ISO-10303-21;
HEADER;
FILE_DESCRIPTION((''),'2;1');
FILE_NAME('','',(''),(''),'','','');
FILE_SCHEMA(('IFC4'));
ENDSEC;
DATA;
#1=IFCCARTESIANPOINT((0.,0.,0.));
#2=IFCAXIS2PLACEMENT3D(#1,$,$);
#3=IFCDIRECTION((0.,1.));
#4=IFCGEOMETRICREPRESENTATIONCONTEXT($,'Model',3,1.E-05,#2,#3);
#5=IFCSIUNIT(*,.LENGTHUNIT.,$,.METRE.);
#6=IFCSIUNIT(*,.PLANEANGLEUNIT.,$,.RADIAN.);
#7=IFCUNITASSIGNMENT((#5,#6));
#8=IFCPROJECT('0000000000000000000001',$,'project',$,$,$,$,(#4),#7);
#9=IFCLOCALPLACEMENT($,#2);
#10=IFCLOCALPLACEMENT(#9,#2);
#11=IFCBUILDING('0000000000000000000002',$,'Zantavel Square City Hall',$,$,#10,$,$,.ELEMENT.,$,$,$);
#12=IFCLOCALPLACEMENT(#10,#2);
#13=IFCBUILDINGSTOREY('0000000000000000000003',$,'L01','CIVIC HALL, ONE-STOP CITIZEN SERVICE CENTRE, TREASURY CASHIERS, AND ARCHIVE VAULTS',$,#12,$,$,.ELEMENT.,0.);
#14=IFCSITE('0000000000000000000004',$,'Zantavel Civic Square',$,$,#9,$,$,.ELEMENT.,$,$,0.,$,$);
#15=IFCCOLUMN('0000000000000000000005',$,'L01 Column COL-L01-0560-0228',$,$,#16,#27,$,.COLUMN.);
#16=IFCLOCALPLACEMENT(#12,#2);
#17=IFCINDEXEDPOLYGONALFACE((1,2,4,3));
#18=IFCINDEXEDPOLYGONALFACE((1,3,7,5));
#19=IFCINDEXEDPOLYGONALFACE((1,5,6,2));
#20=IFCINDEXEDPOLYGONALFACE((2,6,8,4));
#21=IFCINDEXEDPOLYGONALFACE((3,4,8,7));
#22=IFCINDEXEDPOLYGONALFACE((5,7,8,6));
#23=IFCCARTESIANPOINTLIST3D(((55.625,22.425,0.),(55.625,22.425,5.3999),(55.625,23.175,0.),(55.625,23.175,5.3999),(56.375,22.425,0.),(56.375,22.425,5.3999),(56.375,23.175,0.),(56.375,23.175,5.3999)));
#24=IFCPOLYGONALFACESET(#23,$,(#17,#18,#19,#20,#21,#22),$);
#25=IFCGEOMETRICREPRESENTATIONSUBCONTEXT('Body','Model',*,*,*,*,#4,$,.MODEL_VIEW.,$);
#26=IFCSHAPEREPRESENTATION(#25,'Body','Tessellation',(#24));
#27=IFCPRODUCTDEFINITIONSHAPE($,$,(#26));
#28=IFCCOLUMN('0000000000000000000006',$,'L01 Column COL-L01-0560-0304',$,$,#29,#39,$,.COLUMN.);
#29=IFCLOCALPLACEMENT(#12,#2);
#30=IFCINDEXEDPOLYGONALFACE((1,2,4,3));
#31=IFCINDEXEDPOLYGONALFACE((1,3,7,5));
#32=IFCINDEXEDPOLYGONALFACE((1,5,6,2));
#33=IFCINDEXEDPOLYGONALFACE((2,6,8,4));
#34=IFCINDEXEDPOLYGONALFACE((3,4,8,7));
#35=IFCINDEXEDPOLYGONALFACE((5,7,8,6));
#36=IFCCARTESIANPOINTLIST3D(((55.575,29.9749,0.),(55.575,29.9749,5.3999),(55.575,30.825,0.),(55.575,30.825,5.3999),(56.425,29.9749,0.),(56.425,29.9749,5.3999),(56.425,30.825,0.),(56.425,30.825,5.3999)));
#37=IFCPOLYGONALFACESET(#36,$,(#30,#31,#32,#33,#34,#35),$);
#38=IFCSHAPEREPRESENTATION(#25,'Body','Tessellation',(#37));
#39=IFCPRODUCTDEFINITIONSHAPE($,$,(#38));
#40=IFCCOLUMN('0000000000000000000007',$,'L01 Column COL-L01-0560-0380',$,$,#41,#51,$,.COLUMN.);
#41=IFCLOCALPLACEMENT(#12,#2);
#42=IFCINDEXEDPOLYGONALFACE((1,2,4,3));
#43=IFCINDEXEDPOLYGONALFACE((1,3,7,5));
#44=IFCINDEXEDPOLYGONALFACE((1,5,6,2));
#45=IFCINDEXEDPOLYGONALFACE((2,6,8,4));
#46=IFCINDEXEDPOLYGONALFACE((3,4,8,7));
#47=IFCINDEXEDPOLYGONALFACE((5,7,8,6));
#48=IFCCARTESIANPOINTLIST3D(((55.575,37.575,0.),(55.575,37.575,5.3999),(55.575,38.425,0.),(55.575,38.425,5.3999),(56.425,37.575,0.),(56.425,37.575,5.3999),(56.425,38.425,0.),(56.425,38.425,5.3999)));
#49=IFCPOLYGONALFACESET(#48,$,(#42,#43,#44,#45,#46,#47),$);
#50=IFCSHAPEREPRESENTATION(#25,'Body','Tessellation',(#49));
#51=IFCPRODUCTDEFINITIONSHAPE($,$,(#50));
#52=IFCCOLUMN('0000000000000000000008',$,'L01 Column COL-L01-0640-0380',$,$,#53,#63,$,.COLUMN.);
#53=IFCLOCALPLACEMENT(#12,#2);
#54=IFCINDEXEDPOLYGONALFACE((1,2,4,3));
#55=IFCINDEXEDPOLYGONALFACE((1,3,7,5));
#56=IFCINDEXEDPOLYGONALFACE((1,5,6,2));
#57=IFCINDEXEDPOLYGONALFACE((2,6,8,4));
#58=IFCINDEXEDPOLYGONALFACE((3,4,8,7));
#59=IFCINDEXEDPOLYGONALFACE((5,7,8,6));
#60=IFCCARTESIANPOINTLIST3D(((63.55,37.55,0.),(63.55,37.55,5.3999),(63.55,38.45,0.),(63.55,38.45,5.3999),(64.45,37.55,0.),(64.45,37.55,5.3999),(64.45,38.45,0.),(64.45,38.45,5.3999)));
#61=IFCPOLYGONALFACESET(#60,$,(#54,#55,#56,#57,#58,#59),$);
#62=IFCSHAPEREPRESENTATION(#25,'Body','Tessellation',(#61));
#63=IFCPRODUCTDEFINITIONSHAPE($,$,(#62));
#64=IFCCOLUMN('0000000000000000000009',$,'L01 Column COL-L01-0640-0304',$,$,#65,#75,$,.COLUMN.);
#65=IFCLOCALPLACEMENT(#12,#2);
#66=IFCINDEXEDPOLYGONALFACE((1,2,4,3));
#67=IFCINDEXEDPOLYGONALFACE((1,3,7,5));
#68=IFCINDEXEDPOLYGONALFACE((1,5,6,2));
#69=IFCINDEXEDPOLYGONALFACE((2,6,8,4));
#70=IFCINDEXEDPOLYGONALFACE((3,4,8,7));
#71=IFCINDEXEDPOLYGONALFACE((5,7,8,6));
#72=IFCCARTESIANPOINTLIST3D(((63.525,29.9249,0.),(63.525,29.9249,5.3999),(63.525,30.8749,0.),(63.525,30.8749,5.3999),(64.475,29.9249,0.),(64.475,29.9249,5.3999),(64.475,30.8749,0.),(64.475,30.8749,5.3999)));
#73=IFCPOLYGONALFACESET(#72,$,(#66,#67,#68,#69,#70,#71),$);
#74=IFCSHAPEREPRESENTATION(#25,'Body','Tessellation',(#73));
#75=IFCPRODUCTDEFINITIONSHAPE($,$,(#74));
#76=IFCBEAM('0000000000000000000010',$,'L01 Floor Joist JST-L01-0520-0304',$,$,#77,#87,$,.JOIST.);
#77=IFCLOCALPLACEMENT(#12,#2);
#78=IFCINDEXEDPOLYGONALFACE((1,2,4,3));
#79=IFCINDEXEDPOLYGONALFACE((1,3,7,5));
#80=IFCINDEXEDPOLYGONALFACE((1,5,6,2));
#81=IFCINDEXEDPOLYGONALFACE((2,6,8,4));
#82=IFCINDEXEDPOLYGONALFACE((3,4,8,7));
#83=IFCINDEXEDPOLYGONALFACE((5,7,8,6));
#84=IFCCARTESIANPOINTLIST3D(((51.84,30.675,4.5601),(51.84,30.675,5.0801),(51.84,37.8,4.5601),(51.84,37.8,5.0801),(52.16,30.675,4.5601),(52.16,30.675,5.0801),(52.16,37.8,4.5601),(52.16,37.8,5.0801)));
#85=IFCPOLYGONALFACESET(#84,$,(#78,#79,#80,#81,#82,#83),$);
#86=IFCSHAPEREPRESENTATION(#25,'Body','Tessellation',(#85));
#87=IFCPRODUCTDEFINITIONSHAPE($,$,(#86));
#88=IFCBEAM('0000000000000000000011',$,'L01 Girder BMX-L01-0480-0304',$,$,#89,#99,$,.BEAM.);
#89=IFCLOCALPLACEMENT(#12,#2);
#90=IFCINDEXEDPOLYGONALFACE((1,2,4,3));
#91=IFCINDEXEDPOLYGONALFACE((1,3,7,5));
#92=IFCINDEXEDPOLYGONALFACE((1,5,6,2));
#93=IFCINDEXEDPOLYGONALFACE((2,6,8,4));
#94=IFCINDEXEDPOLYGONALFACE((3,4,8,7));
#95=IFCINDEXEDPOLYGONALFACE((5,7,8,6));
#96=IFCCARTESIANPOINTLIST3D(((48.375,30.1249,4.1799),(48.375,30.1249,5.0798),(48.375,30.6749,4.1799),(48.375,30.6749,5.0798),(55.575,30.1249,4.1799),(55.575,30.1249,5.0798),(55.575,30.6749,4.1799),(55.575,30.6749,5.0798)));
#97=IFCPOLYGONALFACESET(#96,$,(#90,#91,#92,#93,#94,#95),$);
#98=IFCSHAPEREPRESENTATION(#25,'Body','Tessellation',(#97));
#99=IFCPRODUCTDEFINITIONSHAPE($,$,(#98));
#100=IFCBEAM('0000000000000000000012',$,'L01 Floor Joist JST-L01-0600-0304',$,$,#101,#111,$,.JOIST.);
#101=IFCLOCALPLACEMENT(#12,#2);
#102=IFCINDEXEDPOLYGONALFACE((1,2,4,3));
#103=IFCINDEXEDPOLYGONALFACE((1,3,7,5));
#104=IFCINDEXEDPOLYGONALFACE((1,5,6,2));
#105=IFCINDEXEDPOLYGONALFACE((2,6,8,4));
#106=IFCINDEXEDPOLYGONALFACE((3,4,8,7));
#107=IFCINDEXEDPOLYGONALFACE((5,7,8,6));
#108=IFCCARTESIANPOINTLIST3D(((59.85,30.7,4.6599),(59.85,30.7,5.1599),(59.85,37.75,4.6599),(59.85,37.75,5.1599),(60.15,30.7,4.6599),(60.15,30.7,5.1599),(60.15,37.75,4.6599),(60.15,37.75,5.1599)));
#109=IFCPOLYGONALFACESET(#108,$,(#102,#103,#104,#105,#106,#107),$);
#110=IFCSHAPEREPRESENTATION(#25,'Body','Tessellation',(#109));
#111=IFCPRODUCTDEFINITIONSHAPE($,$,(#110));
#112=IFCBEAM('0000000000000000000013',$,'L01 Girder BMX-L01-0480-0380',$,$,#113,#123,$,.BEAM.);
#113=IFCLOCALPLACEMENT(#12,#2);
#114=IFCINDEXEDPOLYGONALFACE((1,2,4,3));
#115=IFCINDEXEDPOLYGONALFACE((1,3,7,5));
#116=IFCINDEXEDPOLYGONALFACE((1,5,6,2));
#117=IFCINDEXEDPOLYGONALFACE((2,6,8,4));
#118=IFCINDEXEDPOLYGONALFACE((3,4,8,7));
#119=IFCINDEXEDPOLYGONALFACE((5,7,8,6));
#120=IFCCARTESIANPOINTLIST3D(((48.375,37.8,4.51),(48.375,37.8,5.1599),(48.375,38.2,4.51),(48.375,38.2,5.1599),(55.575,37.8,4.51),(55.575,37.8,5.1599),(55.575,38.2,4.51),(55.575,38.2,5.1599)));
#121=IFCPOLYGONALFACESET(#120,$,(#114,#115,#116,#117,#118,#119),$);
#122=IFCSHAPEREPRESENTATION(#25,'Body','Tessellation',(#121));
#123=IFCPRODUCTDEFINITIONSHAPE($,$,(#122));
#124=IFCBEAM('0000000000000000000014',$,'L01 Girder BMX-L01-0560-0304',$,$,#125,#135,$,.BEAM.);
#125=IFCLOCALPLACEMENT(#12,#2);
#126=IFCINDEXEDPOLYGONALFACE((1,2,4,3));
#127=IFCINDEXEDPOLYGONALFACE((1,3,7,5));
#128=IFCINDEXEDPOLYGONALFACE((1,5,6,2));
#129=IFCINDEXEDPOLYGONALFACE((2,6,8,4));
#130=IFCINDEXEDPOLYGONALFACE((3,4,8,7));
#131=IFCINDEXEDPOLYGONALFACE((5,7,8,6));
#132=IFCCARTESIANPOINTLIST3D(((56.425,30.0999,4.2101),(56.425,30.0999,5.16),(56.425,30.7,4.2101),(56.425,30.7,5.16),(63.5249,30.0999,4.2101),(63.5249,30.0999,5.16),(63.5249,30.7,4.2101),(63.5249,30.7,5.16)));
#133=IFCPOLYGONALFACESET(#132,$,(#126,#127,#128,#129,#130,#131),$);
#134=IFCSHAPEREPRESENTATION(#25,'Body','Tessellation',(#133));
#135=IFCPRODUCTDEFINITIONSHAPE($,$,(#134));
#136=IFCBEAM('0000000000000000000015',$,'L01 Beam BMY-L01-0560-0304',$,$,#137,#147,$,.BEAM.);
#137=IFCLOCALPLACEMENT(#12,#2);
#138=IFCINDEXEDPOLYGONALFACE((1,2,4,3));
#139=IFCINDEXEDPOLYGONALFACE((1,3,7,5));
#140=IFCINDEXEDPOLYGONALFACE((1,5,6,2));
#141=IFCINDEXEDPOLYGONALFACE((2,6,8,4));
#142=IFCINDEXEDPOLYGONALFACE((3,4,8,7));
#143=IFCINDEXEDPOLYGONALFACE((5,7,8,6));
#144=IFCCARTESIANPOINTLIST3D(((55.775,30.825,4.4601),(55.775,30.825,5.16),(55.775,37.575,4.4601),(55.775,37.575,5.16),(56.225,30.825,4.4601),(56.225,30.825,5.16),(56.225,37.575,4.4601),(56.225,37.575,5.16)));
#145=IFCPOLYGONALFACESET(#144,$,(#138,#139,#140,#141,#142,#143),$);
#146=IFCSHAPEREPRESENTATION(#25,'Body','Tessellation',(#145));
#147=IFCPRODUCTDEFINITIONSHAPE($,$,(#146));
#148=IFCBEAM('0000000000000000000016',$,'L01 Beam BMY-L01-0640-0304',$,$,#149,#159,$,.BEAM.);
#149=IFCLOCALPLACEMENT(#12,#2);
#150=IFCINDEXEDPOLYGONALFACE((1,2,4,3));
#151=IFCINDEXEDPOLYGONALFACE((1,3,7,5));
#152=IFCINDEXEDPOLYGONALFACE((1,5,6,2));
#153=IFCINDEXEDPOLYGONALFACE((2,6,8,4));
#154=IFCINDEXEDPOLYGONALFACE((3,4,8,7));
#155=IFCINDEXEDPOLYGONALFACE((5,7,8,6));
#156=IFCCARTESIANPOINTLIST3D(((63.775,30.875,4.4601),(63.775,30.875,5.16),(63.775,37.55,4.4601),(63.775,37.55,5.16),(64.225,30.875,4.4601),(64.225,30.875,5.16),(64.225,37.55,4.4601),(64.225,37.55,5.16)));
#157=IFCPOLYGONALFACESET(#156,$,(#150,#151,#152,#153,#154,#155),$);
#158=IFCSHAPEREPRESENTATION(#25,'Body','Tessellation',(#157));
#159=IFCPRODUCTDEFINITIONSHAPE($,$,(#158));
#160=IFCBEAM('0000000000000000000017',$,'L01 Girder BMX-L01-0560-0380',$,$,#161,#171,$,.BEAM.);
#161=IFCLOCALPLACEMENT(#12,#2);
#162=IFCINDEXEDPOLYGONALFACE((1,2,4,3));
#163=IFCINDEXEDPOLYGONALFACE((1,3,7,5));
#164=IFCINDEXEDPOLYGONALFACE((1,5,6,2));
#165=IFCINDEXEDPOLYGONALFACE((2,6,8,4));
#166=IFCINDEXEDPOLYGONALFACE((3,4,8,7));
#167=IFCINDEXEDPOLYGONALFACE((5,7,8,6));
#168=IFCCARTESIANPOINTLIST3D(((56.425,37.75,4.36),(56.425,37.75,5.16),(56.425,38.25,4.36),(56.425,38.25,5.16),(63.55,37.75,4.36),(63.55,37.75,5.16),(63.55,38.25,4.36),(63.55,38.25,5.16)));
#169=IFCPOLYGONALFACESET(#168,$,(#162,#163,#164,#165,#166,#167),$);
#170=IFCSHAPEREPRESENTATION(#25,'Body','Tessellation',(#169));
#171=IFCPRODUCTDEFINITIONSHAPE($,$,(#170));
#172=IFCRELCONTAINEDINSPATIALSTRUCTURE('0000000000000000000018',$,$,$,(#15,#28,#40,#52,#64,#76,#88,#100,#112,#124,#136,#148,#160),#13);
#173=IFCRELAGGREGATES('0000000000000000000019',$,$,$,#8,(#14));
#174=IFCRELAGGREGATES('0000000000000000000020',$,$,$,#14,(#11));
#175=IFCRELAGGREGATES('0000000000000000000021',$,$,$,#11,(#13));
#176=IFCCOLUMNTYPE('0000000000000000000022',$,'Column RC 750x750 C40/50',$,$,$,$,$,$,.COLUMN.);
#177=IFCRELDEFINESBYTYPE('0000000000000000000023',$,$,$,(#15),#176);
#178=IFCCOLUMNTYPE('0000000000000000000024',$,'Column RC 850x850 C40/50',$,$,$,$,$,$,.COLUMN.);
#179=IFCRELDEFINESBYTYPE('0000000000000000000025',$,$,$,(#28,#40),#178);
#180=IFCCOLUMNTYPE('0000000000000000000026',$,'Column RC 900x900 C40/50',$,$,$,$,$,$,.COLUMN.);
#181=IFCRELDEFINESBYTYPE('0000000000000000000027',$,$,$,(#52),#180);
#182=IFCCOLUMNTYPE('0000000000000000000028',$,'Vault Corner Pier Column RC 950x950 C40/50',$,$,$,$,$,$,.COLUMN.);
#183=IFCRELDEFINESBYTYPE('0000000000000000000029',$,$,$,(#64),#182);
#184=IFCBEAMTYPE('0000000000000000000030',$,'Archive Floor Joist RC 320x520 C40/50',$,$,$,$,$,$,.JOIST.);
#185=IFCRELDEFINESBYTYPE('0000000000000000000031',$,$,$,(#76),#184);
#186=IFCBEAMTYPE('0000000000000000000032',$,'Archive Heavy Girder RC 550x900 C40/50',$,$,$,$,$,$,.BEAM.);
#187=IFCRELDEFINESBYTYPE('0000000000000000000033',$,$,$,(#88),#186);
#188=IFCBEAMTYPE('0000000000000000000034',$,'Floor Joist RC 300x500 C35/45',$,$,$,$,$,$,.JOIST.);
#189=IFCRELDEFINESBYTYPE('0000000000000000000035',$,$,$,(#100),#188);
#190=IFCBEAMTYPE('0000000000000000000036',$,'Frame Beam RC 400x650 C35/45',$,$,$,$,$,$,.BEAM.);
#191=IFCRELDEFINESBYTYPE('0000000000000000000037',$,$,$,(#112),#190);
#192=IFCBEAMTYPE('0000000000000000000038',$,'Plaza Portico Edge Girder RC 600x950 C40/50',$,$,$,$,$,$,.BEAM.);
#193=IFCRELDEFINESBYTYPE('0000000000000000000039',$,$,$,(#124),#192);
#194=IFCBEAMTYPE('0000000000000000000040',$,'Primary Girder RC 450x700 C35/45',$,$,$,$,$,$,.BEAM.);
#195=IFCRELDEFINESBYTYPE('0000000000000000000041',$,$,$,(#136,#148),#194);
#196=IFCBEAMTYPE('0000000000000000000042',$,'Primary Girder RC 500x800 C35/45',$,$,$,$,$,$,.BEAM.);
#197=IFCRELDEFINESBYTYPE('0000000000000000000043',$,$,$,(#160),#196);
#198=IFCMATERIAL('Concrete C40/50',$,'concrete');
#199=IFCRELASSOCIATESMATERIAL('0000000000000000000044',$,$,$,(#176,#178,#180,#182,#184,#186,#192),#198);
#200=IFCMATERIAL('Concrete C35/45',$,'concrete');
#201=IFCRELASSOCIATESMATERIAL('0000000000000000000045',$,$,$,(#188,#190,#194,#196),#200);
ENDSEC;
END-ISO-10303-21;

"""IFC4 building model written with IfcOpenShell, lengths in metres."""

from ifc_helpers import new_model, si_unit, direction, frame, origin, origin_2d, place, context, subcontext, project, spatial, rectangle, extrude, material, material_profile, profile_set, type_object, element, save


model = new_model("IFC4")

# Units and contexts
model_context = context("Model", 3, precision=1e-05, world=origin(), true_north=direction((0.0, 1.0)))
body_context = subcontext(model_context, "Body", "Model", "MODEL_VIEW")
ifc_project = project(units=[si_unit("LENGTHUNIT", "METRE"), si_unit("PLANEANGLEUNIT", "RADIAN")], contexts=[model_context])

# Site, building, storey
site_placement = place(None, origin())
site = spatial("IfcSite", under=ifc_project, at=site_placement, Name="Zantavel Civic Square", CompositionType="ELEMENT", RefElevation=0.0)
building_placement = place(site_placement, origin())
building = spatial("IfcBuilding", under=site, at=building_placement, Name="Zantavel Square City Hall", CompositionType="ELEMENT")
storey_placement = place(building_placement, origin())
storey = spatial("IfcBuildingStorey", under=building, at=storey_placement, Name="L01", Description="CIVIC HALL, ONE-STOP CITIZEN SERVICE CENTRE, TREASURY CASHIERS, AND ARCHIVE VAULTS", CompositionType="ELEMENT", Elevation=0.0)

# Columns
ifc_material_1 = material(Name="Concrete C40/50", Category="concrete")
ifc_material_profile_1 = material_profile(ifc_material_1, rectangle(XDim=0.75, YDim=0.75, at=origin_2d()), Name="RC 750x750")
ifc_profile_set_1 = profile_set([ifc_material_profile_1], Name="Concrete C40/50")
column_type_1 = type_object("IfcColumnType", Name="Column RC 750x750 C40/50", PredefinedType="COLUMN", material=ifc_profile_set_1)
column_1_placement = place(storey_placement, frame((56.0, 22.8, 0.0), z_axis=(0.0, 0.0, 1.0), x_axis=(1.0, 0.0, 0.0)))
element("IfcColumn", 1, at=column_1_placement, inside=storey, type_object=column_type_1, Name="L01 Column COL-L01-0560-0228", PredefinedType="COLUMN", context=body_context, shape_type="SweptSolid", body=[
    extrude(rectangle(XDim=0.75, YDim=0.75, at=origin_2d()), origin(), (0.0, 0.0, 1.0), 5.3999),
])
ifc_material_profile_2 = material_profile(ifc_material_1, rectangle(XDim=0.8501, YDim=0.8501, at=origin_2d()), Name="RC 850x850")
ifc_profile_set_2 = profile_set([ifc_material_profile_2], Name="Concrete C40/50")
column_type_2 = type_object("IfcColumnType", Name="Column RC 850x850 C40/50", PredefinedType="COLUMN", material=ifc_profile_set_2)
for number, where, z_axis, x_axis, name in (
    (2, (56.0, 30.3999, 0.0), (0.0, 0.0, 1.0), (1.0, 0.0, 0.0), "L01 Column COL-L01-0560-0304"),
    (3, (56.0, 38.0, 0.0), (0.0, 0.0, 1.0), (1.0, 0.0, 0.0), "L01 Column COL-L01-0560-0380"),
):
    element("IfcColumn", number, at=place(storey_placement, frame(where, z_axis=z_axis, x_axis=x_axis)), inside=storey, type_object=column_type_2, Name=name, PredefinedType="COLUMN", context=body_context, shape_type="SweptSolid", body=[
        extrude(rectangle(XDim=0.8501, YDim=0.8501, at=origin_2d()), origin(), (0.0, 0.0, 1.0), 5.3999),
    ])
ifc_material_profile_3 = material_profile(ifc_material_1, rectangle(XDim=0.8999, YDim=0.8999, at=origin_2d()), Name="RC 900x900")
ifc_profile_set_3 = profile_set([ifc_material_profile_3], Name="Concrete C40/50")
column_type_3 = type_object("IfcColumnType", Name="Column RC 900x900 C40/50", PredefinedType="COLUMN", material=ifc_profile_set_3)
column_2_placement = place(storey_placement, frame((64.0, 38.0, 0.0), z_axis=(0.0, 0.0, 1.0), x_axis=(1.0, 0.0, 0.0)))
element("IfcColumn", 4, at=column_2_placement, inside=storey, type_object=column_type_3, Name="L01 Column COL-L01-0640-0380", PredefinedType="COLUMN", context=body_context, shape_type="SweptSolid", body=[
    extrude(rectangle(XDim=0.8999, YDim=0.8999, at=origin_2d()), origin(), (0.0, 0.0, 1.0), 5.3999),
])
ifc_material_profile_4 = material_profile(ifc_material_1, rectangle(XDim=0.95, YDim=0.95, at=origin_2d()), Name="RC 950x950")
ifc_profile_set_4 = profile_set([ifc_material_profile_4], Name="Concrete C40/50")
column_type_4 = type_object("IfcColumnType", Name="Vault Corner Pier Column RC 950x950 C40/50", PredefinedType="COLUMN", material=ifc_profile_set_4)
column_3_placement = place(storey_placement, frame((64.0, 30.3999, 0.0), z_axis=(0.0, 0.0, 1.0), x_axis=(1.0, 0.0, 0.0)))
element("IfcColumn", 5, at=column_3_placement, inside=storey, type_object=column_type_4, Name="L01 Column COL-L01-0640-0304", PredefinedType="COLUMN", context=body_context, shape_type="SweptSolid", body=[
    extrude(rectangle(XDim=0.95, YDim=0.95, at=origin_2d()), origin(), (0.0, 0.0, 1.0), 5.3999),
])

# Beams
ifc_material_profile_5 = material_profile(ifc_material_1, rectangle(XDim=0.3201, YDim=0.52, at=origin_2d()), Name="RC 320x520")
ifc_profile_set_5 = profile_set([ifc_material_profile_5], Name="Concrete C40/50")
beam_type_1 = type_object("IfcBeamType", Name="Archive Floor Joist RC 320x520 C40/50", PredefinedType="JOIST", material=ifc_profile_set_5)
beam_1_placement = place(storey_placement, frame((52.0, 30.675, 4.8201), z_axis=(0.0, 1.0, 0.0), x_axis=(-1.0, 0.0, 0.0)))
element("IfcBeam", 6, at=beam_1_placement, inside=storey, type_object=beam_type_1, Name="L01 Floor Joist JST-L01-0520-0304", PredefinedType="JOIST", context=body_context, shape_type="SweptSolid", body=[
    extrude(rectangle(XDim=0.3201, YDim=0.52, at=origin_2d()), origin(), (0.0, 0.0, 1.0), 7.125),
])
ifc_material_profile_6 = material_profile(ifc_material_1, rectangle(XDim=0.55, YDim=0.8999, at=origin_2d()), Name="RC 550x900")
ifc_profile_set_6 = profile_set([ifc_material_profile_6], Name="Concrete C40/50")
beam_type_2 = type_object("IfcBeamType", Name="Archive Heavy Girder RC 550x900 C40/50", PredefinedType="BEAM", material=ifc_profile_set_6)
beam_2_placement = place(storey_placement, frame((48.375, 30.3999, 4.6299), z_axis=(1.0, 0.0, 0.0), x_axis=(0.0, 1.0, 0.0)))
element("IfcBeam", 7, at=beam_2_placement, inside=storey, type_object=beam_type_2, Name="L01 Girder BMX-L01-0480-0304", PredefinedType="BEAM", context=body_context, shape_type="SweptSolid", body=[
    extrude(rectangle(XDim=0.55, YDim=0.8999, at=origin_2d()), origin(), (0.0, 0.0, 1.0), 7.2),
])
ifc_material_2 = material(Name="Concrete C35/45", Category="concrete")
ifc_material_profile_7 = material_profile(ifc_material_2, rectangle(XDim=0.3, YDim=0.5, at=origin_2d()), Name="RC 300x500")
ifc_profile_set_7 = profile_set([ifc_material_profile_7], Name="Concrete C35/45")
beam_type_3 = type_object("IfcBeamType", Name="Floor Joist RC 300x500 C35/45", PredefinedType="JOIST", material=ifc_profile_set_7)
beam_3_placement = place(storey_placement, frame((60.0, 30.7, 4.9099), z_axis=(0.0, 1.0, 0.0), x_axis=(-1.0, 0.0, 0.0)))
element("IfcBeam", 8, at=beam_3_placement, inside=storey, type_object=beam_type_3, Name="L01 Floor Joist JST-L01-0600-0304", PredefinedType="JOIST", context=body_context, shape_type="SweptSolid", body=[
    extrude(rectangle(XDim=0.3, YDim=0.5, at=origin_2d()), origin(), (0.0, 0.0, 1.0), 7.05),
])
ifc_material_profile_8 = material_profile(ifc_material_2, rectangle(XDim=0.3999, YDim=0.6499, at=origin_2d()), Name="RC 400x650")
ifc_profile_set_8 = profile_set([ifc_material_profile_8], Name="Concrete C35/45")
beam_type_4 = type_object("IfcBeamType", Name="Frame Beam RC 400x650 C35/45", PredefinedType="BEAM", material=ifc_profile_set_8)
beam_4_placement = place(storey_placement, frame((48.375, 38.0, 4.835), z_axis=(1.0, 0.0, 0.0), x_axis=(0.0, 1.0, 0.0)))
element("IfcBeam", 9, at=beam_4_placement, inside=storey, type_object=beam_type_4, Name="L01 Girder BMX-L01-0480-0380", PredefinedType="BEAM", context=body_context, shape_type="SweptSolid", body=[
    extrude(rectangle(XDim=0.3999, YDim=0.6499, at=origin_2d()), origin(), (0.0, 0.0, 1.0), 7.2),
])
ifc_material_profile_9 = material_profile(ifc_material_1, rectangle(XDim=0.6001, YDim=0.95, at=origin_2d()), Name="RC 600x950")
ifc_profile_set_9 = profile_set([ifc_material_profile_9], Name="Concrete C40/50")
beam_type_5 = type_object("IfcBeamType", Name="Plaza Portico Edge Girder RC 600x950 C40/50", PredefinedType="BEAM", material=ifc_profile_set_9)
beam_5_placement = place(storey_placement, frame((56.425, 30.3999, 4.6851), z_axis=(1.0, 0.0, 0.0), x_axis=(0.0, 1.0, 0.0)))
element("IfcBeam", 10, at=beam_5_placement, inside=storey, type_object=beam_type_5, Name="L01 Girder BMX-L01-0560-0304", PredefinedType="BEAM", context=body_context, shape_type="SweptSolid", body=[
    extrude(rectangle(XDim=0.6001, YDim=0.95, at=origin_2d()), origin(), (0.0, 0.0, 1.0), 7.0999),
])
ifc_material_profile_10 = material_profile(ifc_material_2, rectangle(XDim=0.45, YDim=0.7, at=origin_2d()), Name="RC 450x700")
ifc_profile_set_10 = profile_set([ifc_material_profile_10], Name="Concrete C35/45")
beam_type_6 = type_object("IfcBeamType", Name="Primary Girder RC 450x700 C35/45", PredefinedType="BEAM", material=ifc_profile_set_10)
beam_6_placement = place(storey_placement, frame((56.0, 30.825, 4.8101), z_axis=(0.0, 1.0, 0.0), x_axis=(-1.0, 0.0, 0.0)))
element("IfcBeam", 11, at=beam_6_placement, inside=storey, type_object=beam_type_6, Name="L01 Beam BMY-L01-0560-0304", PredefinedType="BEAM", context=body_context, shape_type="SweptSolid", body=[
    extrude(rectangle(XDim=0.45, YDim=0.7, at=origin_2d()), origin(), (0.0, 0.0, 1.0), 6.75),
])
beam_7_placement = place(storey_placement, frame((64.0, 30.875, 4.8101), z_axis=(0.0, 1.0, 0.0), x_axis=(-1.0, 0.0, 0.0)))
element("IfcBeam", 12, at=beam_7_placement, inside=storey, type_object=beam_type_6, Name="L01 Beam BMY-L01-0640-0304", PredefinedType="BEAM", context=body_context, shape_type="SweptSolid", body=[
    extrude(rectangle(XDim=0.45, YDim=0.7, at=origin_2d()), origin(), (0.0, 0.0, 1.0), 6.675),
])
ifc_material_profile_11 = material_profile(ifc_material_2, rectangle(XDim=0.5, YDim=0.8, at=origin_2d()), Name="RC 500x800")
ifc_profile_set_11 = profile_set([ifc_material_profile_11], Name="Concrete C35/45")
beam_type_7 = type_object("IfcBeamType", Name="Primary Girder RC 500x800 C35/45", PredefinedType="BEAM", material=ifc_profile_set_11)
beam_8_placement = place(storey_placement, frame((56.425, 38.0, 4.76), z_axis=(1.0, 0.0, 0.0), x_axis=(0.0, 1.0, 0.0)))
element("IfcBeam", 13, at=beam_8_placement, inside=storey, type_object=beam_type_7, Name="L01 Girder BMX-L01-0560-0380", PredefinedType="BEAM", context=body_context, shape_type="SweptSolid", body=[
    extrude(rectangle(XDim=0.5, YDim=0.8, at=origin_2d()), origin(), (0.0, 0.0, 1.0), 7.125),
])

save(model, "model.ifc")
